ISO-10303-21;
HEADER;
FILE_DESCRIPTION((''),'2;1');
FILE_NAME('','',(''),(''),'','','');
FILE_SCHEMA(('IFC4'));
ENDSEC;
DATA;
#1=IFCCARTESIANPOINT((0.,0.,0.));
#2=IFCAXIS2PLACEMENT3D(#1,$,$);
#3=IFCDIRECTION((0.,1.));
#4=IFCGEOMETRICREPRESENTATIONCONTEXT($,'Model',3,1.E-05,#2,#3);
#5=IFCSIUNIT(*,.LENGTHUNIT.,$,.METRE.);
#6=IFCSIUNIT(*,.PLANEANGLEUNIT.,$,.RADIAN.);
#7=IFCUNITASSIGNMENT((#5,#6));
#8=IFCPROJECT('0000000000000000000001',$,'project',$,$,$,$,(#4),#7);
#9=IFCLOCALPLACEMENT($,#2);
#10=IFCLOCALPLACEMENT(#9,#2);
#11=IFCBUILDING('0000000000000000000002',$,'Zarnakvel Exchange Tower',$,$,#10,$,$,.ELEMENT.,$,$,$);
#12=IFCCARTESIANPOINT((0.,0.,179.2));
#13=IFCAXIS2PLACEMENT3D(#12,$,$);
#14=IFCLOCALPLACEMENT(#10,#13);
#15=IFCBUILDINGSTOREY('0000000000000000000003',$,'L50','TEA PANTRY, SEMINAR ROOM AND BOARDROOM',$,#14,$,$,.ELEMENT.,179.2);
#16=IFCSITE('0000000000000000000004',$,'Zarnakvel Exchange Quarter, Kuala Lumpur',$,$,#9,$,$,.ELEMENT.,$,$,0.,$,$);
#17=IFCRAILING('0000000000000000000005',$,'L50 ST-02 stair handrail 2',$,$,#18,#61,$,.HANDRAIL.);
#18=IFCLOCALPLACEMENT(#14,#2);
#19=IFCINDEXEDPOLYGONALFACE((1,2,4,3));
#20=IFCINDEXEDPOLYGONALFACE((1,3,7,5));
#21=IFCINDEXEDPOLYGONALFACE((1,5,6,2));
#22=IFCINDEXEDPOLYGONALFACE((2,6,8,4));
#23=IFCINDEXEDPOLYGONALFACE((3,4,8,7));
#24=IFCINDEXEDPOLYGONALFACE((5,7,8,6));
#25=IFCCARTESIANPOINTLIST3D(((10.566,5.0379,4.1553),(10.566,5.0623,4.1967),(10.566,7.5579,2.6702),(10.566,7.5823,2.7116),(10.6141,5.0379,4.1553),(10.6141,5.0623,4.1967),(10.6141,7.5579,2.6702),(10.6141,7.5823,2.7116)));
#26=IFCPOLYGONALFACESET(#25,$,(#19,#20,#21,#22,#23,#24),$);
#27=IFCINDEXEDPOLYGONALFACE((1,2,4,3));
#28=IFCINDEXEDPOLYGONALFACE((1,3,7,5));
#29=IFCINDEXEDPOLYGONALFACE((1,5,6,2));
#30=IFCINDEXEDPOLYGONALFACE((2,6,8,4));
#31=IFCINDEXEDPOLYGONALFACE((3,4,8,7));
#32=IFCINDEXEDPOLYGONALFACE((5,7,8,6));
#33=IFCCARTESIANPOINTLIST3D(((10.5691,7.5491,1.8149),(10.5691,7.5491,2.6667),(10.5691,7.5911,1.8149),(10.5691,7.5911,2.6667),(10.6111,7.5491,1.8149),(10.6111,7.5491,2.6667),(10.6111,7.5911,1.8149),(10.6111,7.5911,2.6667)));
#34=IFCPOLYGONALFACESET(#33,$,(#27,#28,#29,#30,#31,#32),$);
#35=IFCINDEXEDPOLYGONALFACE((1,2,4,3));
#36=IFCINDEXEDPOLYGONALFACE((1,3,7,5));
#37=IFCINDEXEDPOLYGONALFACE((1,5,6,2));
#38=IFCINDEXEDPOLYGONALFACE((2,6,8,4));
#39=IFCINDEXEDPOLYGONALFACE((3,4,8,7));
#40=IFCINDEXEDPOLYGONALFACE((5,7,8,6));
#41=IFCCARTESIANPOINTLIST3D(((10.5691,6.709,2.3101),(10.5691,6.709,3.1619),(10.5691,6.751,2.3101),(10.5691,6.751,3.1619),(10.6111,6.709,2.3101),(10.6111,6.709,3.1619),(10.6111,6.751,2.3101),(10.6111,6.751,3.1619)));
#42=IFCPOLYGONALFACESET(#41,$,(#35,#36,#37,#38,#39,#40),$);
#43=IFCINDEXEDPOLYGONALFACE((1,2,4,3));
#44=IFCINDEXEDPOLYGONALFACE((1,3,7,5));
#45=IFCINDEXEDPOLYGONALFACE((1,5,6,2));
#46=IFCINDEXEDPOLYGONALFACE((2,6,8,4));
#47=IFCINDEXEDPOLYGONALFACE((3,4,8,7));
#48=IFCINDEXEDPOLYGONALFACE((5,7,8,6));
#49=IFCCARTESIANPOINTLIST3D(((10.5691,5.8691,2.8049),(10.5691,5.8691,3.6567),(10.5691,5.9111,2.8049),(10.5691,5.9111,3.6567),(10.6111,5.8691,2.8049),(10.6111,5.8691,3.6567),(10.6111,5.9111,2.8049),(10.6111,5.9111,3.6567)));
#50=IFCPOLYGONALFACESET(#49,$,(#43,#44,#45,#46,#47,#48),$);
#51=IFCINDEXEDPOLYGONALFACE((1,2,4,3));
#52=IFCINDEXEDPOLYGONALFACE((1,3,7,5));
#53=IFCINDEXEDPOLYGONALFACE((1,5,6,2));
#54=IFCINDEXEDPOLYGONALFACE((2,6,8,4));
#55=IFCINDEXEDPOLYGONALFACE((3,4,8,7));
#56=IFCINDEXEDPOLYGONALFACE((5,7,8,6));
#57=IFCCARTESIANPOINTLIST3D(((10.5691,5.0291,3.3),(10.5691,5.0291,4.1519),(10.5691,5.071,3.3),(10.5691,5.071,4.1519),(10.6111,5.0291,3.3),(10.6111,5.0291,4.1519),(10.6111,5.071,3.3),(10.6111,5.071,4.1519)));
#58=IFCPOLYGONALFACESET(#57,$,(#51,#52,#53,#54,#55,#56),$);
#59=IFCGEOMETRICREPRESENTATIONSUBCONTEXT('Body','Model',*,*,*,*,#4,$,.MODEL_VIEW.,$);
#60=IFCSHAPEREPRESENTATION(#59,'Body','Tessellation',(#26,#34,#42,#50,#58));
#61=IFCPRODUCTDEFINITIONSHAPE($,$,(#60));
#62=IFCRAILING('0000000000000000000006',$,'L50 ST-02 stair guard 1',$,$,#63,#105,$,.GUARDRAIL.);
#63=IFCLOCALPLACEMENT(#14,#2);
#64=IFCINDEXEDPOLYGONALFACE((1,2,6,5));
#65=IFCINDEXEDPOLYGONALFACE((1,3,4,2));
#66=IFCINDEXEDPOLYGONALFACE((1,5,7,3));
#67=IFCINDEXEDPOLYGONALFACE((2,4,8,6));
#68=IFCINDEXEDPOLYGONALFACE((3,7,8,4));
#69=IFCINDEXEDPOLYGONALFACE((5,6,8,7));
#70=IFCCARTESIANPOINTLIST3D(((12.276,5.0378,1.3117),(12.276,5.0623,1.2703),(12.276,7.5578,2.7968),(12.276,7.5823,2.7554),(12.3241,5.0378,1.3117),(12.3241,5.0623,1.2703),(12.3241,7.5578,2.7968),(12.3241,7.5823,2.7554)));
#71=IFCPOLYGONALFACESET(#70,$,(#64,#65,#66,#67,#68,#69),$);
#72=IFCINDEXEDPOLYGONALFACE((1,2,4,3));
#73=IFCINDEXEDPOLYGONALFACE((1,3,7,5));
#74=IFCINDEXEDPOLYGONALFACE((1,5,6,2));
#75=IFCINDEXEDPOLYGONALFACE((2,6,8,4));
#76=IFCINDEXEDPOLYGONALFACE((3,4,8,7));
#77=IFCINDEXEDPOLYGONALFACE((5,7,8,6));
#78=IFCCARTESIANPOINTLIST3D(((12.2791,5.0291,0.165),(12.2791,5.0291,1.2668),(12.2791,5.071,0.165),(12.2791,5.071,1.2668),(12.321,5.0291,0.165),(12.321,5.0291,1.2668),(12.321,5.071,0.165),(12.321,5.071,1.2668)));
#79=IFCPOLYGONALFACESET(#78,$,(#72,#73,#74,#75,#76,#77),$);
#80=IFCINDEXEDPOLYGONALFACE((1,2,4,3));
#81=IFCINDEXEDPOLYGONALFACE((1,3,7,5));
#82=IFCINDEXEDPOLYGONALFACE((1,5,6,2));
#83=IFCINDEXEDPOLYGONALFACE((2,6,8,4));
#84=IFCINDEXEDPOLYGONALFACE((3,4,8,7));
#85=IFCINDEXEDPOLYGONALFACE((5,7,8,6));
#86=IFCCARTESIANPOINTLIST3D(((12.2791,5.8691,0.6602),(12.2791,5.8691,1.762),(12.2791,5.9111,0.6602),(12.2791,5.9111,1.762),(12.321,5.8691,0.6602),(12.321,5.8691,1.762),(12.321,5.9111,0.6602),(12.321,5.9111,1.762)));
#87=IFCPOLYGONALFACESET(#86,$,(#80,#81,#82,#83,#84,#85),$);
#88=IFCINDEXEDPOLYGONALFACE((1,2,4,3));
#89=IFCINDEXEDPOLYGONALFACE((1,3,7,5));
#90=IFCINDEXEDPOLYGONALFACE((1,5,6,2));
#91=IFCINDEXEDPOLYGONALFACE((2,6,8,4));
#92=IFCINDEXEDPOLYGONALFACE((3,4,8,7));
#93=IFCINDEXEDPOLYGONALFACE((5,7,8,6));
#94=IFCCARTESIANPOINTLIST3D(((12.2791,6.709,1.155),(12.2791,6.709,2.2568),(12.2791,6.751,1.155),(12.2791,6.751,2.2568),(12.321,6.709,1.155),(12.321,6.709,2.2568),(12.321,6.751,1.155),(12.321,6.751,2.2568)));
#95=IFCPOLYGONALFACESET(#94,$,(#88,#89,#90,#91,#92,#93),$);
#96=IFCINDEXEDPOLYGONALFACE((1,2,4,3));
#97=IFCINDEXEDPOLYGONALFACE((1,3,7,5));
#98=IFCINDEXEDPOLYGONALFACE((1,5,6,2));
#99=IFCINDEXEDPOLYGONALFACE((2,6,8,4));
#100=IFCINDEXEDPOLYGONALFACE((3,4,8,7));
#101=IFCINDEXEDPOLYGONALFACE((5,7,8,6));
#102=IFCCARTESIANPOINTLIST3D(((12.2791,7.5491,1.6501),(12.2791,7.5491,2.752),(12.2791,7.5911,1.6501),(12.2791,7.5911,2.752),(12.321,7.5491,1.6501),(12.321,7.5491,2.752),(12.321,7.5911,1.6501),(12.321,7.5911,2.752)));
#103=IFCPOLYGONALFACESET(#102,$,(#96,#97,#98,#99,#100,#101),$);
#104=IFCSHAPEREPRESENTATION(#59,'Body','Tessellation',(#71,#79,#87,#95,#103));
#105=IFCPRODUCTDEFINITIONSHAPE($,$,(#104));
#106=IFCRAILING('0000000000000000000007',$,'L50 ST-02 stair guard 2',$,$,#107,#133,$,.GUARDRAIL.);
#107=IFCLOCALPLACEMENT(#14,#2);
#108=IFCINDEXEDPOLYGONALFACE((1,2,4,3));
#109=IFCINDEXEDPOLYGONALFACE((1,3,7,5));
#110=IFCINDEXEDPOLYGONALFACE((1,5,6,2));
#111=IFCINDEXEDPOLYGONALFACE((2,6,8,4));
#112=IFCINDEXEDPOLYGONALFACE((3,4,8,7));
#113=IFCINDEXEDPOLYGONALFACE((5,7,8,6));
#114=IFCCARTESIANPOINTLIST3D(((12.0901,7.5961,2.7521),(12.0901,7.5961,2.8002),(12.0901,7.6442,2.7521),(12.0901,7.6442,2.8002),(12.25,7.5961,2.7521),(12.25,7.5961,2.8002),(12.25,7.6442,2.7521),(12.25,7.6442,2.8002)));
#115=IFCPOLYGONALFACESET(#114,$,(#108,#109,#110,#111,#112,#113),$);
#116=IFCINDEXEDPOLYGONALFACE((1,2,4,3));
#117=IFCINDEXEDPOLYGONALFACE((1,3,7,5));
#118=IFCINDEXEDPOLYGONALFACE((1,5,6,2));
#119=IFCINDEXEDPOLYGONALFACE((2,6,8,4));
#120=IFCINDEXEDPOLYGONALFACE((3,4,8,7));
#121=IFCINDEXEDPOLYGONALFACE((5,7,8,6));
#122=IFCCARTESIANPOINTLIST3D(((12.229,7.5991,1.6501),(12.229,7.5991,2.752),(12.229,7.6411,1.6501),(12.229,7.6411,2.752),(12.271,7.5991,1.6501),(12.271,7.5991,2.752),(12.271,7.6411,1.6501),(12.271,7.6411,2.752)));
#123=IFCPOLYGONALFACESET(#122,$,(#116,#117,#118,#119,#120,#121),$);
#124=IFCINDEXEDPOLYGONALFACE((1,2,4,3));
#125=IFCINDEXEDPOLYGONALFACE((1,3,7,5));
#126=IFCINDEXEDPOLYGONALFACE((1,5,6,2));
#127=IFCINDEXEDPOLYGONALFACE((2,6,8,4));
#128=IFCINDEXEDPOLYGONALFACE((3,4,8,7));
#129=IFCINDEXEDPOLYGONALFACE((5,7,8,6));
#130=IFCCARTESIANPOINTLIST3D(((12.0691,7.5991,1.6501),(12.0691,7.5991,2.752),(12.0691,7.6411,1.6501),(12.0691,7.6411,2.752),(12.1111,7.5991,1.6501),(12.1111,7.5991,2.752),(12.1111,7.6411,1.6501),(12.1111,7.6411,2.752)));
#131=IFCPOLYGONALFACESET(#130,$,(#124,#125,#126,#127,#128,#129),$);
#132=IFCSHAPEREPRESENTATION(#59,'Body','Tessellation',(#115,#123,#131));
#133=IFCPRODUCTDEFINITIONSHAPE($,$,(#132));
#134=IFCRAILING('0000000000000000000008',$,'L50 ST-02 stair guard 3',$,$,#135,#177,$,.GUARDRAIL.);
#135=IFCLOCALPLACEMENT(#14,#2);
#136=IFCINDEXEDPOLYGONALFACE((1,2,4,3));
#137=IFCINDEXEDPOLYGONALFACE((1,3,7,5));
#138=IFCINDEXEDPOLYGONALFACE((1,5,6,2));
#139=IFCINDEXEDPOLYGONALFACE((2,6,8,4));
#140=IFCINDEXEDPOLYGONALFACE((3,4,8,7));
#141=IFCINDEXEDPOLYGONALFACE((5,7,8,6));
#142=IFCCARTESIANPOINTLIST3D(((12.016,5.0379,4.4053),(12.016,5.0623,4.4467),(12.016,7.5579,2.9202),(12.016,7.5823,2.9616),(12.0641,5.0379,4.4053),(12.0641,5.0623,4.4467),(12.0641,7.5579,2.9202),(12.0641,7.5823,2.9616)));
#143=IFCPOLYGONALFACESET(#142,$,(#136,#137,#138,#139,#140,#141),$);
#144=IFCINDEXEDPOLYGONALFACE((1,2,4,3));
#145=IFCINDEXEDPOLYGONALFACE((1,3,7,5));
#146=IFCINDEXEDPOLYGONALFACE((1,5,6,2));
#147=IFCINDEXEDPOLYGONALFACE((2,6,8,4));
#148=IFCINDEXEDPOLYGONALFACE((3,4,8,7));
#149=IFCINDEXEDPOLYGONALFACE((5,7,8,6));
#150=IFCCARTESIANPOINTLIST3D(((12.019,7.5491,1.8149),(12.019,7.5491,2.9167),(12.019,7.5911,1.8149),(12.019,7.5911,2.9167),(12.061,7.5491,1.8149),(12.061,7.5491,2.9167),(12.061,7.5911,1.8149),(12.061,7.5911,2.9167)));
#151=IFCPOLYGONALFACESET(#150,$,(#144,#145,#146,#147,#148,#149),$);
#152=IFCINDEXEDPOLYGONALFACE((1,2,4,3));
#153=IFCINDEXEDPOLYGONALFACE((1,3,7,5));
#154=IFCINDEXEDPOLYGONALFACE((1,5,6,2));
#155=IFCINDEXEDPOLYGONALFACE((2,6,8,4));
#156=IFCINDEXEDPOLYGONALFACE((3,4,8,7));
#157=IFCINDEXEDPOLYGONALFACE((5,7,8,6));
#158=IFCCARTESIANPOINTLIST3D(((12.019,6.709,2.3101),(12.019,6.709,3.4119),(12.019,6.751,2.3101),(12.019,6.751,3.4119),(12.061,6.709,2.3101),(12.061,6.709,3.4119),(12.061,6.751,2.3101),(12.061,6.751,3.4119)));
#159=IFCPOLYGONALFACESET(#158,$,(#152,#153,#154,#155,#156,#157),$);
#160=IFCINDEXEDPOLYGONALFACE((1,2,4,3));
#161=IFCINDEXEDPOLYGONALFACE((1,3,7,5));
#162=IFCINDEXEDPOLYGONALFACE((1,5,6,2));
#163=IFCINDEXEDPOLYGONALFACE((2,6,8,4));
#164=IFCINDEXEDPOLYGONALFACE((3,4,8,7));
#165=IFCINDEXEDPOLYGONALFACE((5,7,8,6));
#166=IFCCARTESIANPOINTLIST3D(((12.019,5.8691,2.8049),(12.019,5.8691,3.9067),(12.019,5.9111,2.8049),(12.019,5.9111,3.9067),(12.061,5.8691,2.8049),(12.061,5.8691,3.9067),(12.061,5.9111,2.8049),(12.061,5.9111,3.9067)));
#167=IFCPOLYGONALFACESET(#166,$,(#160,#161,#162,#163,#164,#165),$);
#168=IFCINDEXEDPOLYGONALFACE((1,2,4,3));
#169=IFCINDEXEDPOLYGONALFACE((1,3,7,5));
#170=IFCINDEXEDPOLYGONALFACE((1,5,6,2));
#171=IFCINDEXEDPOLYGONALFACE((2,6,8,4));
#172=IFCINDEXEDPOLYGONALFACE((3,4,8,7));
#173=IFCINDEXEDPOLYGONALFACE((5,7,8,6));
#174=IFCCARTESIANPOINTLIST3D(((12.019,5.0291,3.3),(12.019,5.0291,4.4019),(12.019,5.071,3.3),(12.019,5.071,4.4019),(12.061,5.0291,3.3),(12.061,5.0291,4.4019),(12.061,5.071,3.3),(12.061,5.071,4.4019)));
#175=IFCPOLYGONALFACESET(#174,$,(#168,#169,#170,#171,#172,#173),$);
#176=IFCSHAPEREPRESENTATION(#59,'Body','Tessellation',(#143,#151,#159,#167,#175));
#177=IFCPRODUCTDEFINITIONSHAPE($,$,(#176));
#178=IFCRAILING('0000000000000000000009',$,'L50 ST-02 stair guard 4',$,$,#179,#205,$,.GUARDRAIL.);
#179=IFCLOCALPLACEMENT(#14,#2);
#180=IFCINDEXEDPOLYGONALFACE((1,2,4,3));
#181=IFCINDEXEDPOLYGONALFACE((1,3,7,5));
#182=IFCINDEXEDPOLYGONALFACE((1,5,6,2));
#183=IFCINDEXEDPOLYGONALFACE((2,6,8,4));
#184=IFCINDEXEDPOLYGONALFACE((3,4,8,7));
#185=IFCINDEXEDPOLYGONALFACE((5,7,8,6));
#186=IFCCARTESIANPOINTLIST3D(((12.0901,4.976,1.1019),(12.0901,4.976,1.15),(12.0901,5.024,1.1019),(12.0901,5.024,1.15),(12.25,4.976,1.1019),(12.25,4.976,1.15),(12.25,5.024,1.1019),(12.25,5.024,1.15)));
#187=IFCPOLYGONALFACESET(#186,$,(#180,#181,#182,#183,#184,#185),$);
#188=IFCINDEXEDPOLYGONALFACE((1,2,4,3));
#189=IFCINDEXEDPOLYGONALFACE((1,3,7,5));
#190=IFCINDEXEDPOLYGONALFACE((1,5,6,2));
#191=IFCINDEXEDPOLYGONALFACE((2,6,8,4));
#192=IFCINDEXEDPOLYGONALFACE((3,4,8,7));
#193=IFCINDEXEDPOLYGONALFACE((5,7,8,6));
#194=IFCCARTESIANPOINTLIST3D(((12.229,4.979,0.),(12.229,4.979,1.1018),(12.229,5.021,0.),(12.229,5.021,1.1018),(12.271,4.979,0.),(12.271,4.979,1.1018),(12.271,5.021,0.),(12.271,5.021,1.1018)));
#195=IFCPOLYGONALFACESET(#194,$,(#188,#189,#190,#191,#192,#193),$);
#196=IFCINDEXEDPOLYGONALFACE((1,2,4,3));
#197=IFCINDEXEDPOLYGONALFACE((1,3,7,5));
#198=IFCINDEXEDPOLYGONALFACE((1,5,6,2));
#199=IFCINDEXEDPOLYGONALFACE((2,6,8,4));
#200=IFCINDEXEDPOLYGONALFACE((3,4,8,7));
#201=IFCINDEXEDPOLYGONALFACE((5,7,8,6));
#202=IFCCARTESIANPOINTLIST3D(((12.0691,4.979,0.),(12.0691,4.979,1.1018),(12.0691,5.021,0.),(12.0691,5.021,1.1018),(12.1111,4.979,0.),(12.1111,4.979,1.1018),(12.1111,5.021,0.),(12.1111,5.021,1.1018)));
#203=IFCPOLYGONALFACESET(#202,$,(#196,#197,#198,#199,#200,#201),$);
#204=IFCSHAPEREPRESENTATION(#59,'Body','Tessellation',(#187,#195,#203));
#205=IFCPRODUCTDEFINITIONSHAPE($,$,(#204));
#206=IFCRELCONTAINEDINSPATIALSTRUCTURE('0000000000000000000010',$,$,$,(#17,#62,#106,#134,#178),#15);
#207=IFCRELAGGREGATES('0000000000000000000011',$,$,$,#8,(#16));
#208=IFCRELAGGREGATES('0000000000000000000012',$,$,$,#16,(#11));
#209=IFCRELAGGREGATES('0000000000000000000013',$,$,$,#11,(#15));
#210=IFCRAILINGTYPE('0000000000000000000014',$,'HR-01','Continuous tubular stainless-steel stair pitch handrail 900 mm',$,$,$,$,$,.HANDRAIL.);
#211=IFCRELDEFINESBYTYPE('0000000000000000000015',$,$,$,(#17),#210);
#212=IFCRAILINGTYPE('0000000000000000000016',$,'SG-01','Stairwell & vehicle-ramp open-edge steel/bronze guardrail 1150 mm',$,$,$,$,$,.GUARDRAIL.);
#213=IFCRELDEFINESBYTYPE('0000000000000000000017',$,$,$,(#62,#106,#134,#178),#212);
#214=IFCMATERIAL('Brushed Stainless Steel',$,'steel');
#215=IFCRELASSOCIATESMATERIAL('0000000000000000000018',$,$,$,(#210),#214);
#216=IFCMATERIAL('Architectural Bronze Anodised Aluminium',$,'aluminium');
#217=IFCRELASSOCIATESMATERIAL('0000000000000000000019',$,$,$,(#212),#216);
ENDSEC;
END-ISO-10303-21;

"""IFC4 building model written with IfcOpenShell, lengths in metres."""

from ifc_helpers import new_model, si_unit, direction, frame, origin, origin_2d, place, context, subcontext, project, spatial, rectangle, extrude, material, type_object, element, save


model = new_model("IFC4")

# Units and contexts
model_context = context("Model", 3, precision=1e-05, world=origin(), true_north=direction((0.0, 1.0)))
body_context = subcontext(model_context, "Body", "Model", "MODEL_VIEW")
ifc_project = project(units=[si_unit("LENGTHUNIT", "METRE"), si_unit("PLANEANGLEUNIT", "RADIAN")], contexts=[model_context])

# Site, building, storey
site_placement = place(None, origin())
site = spatial("IfcSite", under=ifc_project, at=site_placement, Name="Zarnakvel Exchange Quarter, Kuala Lumpur", CompositionType="ELEMENT", RefElevation=0.0)
building_placement = place(site_placement, origin())
building = spatial("IfcBuilding", under=site, at=building_placement, Name="Zarnakvel Exchange Tower", CompositionType="ELEMENT")
storey_placement = place(building_placement, frame((0.0, 0.0, 179.2)))
storey = spatial("IfcBuildingStorey", under=building, at=storey_placement, Name="L50", Description="TEA PANTRY, SEMINAR ROOM AND BOARDROOM", CompositionType="ELEMENT", Elevation=179.2)

# Shared definitions
ifc_material_1 = material(Name="Architectural Bronze Anodised Aluminium", Category="aluminium")

# Railings
ifc_material_2 = material(Name="Brushed Stainless Steel", Category="steel")
railing_type_1 = type_object("IfcRailingType", Name="HR-01", Description="Continuous tubular stainless-steel stair pitch handrail 900 mm", PredefinedType="HANDRAIL", material=ifc_material_2)
railing_1_placement = place(storey_placement, frame((10.5901, 7.5701, 1.8149)))
element("IfcRailing", 1, at=railing_1_placement, inside=storey, type_object=railing_type_1, Name="L50 ST-02 stair handrail 2", PredefinedType="HANDRAIL", context=body_context, shape_type="SweptSolid", body=[
    extrude(rectangle(XDim=0.0481, YDim=0.0481, at=origin_2d()), frame((0.0, 0.0, 0.876), z_axis=(0.0, -0.861524, 0.507717), x_axis=(1.0, 0.0, 0.0)), (0.0, 0.0, 1.0), 2.925),
    extrude(rectangle(XDim=0.042, YDim=0.042, at=origin_2d()), origin(), (0.0, 0.0, 1.0), 0.8518),
    extrude(rectangle(XDim=0.042, YDim=0.042, at=origin_2d()), frame((0.0, -0.8401, 0.4951)), (0.0, 0.0, 1.0), 0.8518),
    extrude(rectangle(XDim=0.042, YDim=0.042, at=origin_2d()), frame((0.0, -1.6799, 0.99)), (0.0, 0.0, 1.0), 0.8518),
    extrude(rectangle(XDim=0.042, YDim=0.042, at=origin_2d()), frame((0.0, -2.52, 1.4851)), (0.0, 0.0, 1.0), 0.8518),
])
railing_type_2 = type_object("IfcRailingType", Name="SG-01", Description="Stairwell & vehicle-ramp open-edge steel/bronze guardrail 1150 mm", PredefinedType="GUARDRAIL", material=ifc_material_1)
railing_2_placement = place(storey_placement, frame((12.3, 5.05, 0.165)))
element("IfcRailing", 2, at=railing_2_placement, inside=storey, type_object=railing_type_2, Name="L50 ST-02 stair guard 1", PredefinedType="GUARDRAIL", context=body_context, shape_type="SweptSolid", body=[
    extrude(rectangle(XDim=0.0481, YDim=0.0481, at=origin_2d()), frame((0.0, 0.0, 1.126), z_axis=(0.0, 0.861524, 0.507717), x_axis=(-1.0, 0.0, 0.0)), (0.0, 0.0, 1.0), 2.925),
    extrude(rectangle(XDim=0.042, YDim=0.042, at=origin_2d()), origin(), (0.0, 0.0, 1.0), 1.1018),
    extrude(rectangle(XDim=0.042, YDim=0.042, at=origin_2d()), frame((0.0, 0.8401, 0.4951)), (0.0, 0.0, 1.0), 1.1018),
    extrude(rectangle(XDim=0.042, YDim=0.042, at=origin_2d()), frame((0.0, 1.6799, 0.99)), (0.0, 0.0, 1.0), 1.1018),
    extrude(rectangle(XDim=0.042, YDim=0.042, at=origin_2d()), frame((0.0, 2.52, 1.4851)), (0.0, 0.0, 1.0), 1.1018),
])
railing_3_placement = place(storey_placement, frame((12.25, 7.6201, 1.6501)))
element("IfcRailing", 3, at=railing_3_placement, inside=storey, type_object=railing_type_2, Name="L50 ST-02 stair guard 2", PredefinedType="GUARDRAIL", context=body_context, shape_type="SweptSolid", body=[
    extrude(rectangle(XDim=0.0481, YDim=0.0481, at=origin_2d()), frame((0.0, 0.0, 1.126), z_axis=(-1.0, 0.0, 0.0), x_axis=(0.0, -1.0, 0.0)), (0.0, 0.0, 1.0), 0.1599),
    extrude(rectangle(XDim=0.042, YDim=0.042, at=origin_2d()), origin(), (0.0, 0.0, 1.0), 1.1018),
    extrude(rectangle(XDim=0.042, YDim=0.042, at=origin_2d()), frame((-0.1599, 0.0, 0.0)), (0.0, 0.0, 1.0), 1.1018),
])
railing_4_placement = place(storey_placement, frame((12.04, 7.5701, 1.8149)))
element("IfcRailing", 4, at=railing_4_placement, inside=storey, type_object=railing_type_2, Name="L50 ST-02 stair guard 3", PredefinedType="GUARDRAIL", context=body_context, shape_type="SweptSolid", body=[
    extrude(rectangle(XDim=0.0481, YDim=0.0481, at=origin_2d()), frame((0.0, 0.0, 1.126), z_axis=(0.0, -0.861524, 0.507717), x_axis=(1.0, 0.0, 0.0)), (0.0, 0.0, 1.0), 2.925),
    extrude(rectangle(XDim=0.042, YDim=0.042, at=origin_2d()), origin(), (0.0, 0.0, 1.0), 1.1018),
    extrude(rectangle(XDim=0.042, YDim=0.042, at=origin_2d()), frame((0.0, -0.8401, 0.4951)), (0.0, 0.0, 1.0), 1.1018),
    extrude(rectangle(XDim=0.042, YDim=0.042, at=origin_2d()), frame((0.0, -1.6799, 0.99)), (0.0, 0.0, 1.0), 1.1018),
    extrude(rectangle(XDim=0.042, YDim=0.042, at=origin_2d()), frame((0.0, -2.52, 1.4851)), (0.0, 0.0, 1.0), 1.1018),
])
railing_5_placement = place(storey_placement, frame((12.25, 5.0, 0.0)))
element("IfcRailing", 5, at=railing_5_placement, inside=storey, type_object=railing_type_2, Name="L50 ST-02 stair guard 4", PredefinedType="GUARDRAIL", context=body_context, shape_type="SweptSolid", body=[
    extrude(rectangle(XDim=0.0481, YDim=0.0481, at=origin_2d()), frame((0.0, 0.0, 1.126), z_axis=(-1.0, 0.0, 0.0), x_axis=(0.0, -1.0, 0.0)), (0.0, 0.0, 1.0), 0.1599),
    extrude(rectangle(XDim=0.042, YDim=0.042, at=origin_2d()), origin(), (0.0, 0.0, 1.0), 1.1018),
    extrude(rectangle(XDim=0.042, YDim=0.042, at=origin_2d()), frame((-0.1599, 0.0, 0.0)), (0.0, 0.0, 1.0), 1.1018),
])

save(model, "model.ifc")
